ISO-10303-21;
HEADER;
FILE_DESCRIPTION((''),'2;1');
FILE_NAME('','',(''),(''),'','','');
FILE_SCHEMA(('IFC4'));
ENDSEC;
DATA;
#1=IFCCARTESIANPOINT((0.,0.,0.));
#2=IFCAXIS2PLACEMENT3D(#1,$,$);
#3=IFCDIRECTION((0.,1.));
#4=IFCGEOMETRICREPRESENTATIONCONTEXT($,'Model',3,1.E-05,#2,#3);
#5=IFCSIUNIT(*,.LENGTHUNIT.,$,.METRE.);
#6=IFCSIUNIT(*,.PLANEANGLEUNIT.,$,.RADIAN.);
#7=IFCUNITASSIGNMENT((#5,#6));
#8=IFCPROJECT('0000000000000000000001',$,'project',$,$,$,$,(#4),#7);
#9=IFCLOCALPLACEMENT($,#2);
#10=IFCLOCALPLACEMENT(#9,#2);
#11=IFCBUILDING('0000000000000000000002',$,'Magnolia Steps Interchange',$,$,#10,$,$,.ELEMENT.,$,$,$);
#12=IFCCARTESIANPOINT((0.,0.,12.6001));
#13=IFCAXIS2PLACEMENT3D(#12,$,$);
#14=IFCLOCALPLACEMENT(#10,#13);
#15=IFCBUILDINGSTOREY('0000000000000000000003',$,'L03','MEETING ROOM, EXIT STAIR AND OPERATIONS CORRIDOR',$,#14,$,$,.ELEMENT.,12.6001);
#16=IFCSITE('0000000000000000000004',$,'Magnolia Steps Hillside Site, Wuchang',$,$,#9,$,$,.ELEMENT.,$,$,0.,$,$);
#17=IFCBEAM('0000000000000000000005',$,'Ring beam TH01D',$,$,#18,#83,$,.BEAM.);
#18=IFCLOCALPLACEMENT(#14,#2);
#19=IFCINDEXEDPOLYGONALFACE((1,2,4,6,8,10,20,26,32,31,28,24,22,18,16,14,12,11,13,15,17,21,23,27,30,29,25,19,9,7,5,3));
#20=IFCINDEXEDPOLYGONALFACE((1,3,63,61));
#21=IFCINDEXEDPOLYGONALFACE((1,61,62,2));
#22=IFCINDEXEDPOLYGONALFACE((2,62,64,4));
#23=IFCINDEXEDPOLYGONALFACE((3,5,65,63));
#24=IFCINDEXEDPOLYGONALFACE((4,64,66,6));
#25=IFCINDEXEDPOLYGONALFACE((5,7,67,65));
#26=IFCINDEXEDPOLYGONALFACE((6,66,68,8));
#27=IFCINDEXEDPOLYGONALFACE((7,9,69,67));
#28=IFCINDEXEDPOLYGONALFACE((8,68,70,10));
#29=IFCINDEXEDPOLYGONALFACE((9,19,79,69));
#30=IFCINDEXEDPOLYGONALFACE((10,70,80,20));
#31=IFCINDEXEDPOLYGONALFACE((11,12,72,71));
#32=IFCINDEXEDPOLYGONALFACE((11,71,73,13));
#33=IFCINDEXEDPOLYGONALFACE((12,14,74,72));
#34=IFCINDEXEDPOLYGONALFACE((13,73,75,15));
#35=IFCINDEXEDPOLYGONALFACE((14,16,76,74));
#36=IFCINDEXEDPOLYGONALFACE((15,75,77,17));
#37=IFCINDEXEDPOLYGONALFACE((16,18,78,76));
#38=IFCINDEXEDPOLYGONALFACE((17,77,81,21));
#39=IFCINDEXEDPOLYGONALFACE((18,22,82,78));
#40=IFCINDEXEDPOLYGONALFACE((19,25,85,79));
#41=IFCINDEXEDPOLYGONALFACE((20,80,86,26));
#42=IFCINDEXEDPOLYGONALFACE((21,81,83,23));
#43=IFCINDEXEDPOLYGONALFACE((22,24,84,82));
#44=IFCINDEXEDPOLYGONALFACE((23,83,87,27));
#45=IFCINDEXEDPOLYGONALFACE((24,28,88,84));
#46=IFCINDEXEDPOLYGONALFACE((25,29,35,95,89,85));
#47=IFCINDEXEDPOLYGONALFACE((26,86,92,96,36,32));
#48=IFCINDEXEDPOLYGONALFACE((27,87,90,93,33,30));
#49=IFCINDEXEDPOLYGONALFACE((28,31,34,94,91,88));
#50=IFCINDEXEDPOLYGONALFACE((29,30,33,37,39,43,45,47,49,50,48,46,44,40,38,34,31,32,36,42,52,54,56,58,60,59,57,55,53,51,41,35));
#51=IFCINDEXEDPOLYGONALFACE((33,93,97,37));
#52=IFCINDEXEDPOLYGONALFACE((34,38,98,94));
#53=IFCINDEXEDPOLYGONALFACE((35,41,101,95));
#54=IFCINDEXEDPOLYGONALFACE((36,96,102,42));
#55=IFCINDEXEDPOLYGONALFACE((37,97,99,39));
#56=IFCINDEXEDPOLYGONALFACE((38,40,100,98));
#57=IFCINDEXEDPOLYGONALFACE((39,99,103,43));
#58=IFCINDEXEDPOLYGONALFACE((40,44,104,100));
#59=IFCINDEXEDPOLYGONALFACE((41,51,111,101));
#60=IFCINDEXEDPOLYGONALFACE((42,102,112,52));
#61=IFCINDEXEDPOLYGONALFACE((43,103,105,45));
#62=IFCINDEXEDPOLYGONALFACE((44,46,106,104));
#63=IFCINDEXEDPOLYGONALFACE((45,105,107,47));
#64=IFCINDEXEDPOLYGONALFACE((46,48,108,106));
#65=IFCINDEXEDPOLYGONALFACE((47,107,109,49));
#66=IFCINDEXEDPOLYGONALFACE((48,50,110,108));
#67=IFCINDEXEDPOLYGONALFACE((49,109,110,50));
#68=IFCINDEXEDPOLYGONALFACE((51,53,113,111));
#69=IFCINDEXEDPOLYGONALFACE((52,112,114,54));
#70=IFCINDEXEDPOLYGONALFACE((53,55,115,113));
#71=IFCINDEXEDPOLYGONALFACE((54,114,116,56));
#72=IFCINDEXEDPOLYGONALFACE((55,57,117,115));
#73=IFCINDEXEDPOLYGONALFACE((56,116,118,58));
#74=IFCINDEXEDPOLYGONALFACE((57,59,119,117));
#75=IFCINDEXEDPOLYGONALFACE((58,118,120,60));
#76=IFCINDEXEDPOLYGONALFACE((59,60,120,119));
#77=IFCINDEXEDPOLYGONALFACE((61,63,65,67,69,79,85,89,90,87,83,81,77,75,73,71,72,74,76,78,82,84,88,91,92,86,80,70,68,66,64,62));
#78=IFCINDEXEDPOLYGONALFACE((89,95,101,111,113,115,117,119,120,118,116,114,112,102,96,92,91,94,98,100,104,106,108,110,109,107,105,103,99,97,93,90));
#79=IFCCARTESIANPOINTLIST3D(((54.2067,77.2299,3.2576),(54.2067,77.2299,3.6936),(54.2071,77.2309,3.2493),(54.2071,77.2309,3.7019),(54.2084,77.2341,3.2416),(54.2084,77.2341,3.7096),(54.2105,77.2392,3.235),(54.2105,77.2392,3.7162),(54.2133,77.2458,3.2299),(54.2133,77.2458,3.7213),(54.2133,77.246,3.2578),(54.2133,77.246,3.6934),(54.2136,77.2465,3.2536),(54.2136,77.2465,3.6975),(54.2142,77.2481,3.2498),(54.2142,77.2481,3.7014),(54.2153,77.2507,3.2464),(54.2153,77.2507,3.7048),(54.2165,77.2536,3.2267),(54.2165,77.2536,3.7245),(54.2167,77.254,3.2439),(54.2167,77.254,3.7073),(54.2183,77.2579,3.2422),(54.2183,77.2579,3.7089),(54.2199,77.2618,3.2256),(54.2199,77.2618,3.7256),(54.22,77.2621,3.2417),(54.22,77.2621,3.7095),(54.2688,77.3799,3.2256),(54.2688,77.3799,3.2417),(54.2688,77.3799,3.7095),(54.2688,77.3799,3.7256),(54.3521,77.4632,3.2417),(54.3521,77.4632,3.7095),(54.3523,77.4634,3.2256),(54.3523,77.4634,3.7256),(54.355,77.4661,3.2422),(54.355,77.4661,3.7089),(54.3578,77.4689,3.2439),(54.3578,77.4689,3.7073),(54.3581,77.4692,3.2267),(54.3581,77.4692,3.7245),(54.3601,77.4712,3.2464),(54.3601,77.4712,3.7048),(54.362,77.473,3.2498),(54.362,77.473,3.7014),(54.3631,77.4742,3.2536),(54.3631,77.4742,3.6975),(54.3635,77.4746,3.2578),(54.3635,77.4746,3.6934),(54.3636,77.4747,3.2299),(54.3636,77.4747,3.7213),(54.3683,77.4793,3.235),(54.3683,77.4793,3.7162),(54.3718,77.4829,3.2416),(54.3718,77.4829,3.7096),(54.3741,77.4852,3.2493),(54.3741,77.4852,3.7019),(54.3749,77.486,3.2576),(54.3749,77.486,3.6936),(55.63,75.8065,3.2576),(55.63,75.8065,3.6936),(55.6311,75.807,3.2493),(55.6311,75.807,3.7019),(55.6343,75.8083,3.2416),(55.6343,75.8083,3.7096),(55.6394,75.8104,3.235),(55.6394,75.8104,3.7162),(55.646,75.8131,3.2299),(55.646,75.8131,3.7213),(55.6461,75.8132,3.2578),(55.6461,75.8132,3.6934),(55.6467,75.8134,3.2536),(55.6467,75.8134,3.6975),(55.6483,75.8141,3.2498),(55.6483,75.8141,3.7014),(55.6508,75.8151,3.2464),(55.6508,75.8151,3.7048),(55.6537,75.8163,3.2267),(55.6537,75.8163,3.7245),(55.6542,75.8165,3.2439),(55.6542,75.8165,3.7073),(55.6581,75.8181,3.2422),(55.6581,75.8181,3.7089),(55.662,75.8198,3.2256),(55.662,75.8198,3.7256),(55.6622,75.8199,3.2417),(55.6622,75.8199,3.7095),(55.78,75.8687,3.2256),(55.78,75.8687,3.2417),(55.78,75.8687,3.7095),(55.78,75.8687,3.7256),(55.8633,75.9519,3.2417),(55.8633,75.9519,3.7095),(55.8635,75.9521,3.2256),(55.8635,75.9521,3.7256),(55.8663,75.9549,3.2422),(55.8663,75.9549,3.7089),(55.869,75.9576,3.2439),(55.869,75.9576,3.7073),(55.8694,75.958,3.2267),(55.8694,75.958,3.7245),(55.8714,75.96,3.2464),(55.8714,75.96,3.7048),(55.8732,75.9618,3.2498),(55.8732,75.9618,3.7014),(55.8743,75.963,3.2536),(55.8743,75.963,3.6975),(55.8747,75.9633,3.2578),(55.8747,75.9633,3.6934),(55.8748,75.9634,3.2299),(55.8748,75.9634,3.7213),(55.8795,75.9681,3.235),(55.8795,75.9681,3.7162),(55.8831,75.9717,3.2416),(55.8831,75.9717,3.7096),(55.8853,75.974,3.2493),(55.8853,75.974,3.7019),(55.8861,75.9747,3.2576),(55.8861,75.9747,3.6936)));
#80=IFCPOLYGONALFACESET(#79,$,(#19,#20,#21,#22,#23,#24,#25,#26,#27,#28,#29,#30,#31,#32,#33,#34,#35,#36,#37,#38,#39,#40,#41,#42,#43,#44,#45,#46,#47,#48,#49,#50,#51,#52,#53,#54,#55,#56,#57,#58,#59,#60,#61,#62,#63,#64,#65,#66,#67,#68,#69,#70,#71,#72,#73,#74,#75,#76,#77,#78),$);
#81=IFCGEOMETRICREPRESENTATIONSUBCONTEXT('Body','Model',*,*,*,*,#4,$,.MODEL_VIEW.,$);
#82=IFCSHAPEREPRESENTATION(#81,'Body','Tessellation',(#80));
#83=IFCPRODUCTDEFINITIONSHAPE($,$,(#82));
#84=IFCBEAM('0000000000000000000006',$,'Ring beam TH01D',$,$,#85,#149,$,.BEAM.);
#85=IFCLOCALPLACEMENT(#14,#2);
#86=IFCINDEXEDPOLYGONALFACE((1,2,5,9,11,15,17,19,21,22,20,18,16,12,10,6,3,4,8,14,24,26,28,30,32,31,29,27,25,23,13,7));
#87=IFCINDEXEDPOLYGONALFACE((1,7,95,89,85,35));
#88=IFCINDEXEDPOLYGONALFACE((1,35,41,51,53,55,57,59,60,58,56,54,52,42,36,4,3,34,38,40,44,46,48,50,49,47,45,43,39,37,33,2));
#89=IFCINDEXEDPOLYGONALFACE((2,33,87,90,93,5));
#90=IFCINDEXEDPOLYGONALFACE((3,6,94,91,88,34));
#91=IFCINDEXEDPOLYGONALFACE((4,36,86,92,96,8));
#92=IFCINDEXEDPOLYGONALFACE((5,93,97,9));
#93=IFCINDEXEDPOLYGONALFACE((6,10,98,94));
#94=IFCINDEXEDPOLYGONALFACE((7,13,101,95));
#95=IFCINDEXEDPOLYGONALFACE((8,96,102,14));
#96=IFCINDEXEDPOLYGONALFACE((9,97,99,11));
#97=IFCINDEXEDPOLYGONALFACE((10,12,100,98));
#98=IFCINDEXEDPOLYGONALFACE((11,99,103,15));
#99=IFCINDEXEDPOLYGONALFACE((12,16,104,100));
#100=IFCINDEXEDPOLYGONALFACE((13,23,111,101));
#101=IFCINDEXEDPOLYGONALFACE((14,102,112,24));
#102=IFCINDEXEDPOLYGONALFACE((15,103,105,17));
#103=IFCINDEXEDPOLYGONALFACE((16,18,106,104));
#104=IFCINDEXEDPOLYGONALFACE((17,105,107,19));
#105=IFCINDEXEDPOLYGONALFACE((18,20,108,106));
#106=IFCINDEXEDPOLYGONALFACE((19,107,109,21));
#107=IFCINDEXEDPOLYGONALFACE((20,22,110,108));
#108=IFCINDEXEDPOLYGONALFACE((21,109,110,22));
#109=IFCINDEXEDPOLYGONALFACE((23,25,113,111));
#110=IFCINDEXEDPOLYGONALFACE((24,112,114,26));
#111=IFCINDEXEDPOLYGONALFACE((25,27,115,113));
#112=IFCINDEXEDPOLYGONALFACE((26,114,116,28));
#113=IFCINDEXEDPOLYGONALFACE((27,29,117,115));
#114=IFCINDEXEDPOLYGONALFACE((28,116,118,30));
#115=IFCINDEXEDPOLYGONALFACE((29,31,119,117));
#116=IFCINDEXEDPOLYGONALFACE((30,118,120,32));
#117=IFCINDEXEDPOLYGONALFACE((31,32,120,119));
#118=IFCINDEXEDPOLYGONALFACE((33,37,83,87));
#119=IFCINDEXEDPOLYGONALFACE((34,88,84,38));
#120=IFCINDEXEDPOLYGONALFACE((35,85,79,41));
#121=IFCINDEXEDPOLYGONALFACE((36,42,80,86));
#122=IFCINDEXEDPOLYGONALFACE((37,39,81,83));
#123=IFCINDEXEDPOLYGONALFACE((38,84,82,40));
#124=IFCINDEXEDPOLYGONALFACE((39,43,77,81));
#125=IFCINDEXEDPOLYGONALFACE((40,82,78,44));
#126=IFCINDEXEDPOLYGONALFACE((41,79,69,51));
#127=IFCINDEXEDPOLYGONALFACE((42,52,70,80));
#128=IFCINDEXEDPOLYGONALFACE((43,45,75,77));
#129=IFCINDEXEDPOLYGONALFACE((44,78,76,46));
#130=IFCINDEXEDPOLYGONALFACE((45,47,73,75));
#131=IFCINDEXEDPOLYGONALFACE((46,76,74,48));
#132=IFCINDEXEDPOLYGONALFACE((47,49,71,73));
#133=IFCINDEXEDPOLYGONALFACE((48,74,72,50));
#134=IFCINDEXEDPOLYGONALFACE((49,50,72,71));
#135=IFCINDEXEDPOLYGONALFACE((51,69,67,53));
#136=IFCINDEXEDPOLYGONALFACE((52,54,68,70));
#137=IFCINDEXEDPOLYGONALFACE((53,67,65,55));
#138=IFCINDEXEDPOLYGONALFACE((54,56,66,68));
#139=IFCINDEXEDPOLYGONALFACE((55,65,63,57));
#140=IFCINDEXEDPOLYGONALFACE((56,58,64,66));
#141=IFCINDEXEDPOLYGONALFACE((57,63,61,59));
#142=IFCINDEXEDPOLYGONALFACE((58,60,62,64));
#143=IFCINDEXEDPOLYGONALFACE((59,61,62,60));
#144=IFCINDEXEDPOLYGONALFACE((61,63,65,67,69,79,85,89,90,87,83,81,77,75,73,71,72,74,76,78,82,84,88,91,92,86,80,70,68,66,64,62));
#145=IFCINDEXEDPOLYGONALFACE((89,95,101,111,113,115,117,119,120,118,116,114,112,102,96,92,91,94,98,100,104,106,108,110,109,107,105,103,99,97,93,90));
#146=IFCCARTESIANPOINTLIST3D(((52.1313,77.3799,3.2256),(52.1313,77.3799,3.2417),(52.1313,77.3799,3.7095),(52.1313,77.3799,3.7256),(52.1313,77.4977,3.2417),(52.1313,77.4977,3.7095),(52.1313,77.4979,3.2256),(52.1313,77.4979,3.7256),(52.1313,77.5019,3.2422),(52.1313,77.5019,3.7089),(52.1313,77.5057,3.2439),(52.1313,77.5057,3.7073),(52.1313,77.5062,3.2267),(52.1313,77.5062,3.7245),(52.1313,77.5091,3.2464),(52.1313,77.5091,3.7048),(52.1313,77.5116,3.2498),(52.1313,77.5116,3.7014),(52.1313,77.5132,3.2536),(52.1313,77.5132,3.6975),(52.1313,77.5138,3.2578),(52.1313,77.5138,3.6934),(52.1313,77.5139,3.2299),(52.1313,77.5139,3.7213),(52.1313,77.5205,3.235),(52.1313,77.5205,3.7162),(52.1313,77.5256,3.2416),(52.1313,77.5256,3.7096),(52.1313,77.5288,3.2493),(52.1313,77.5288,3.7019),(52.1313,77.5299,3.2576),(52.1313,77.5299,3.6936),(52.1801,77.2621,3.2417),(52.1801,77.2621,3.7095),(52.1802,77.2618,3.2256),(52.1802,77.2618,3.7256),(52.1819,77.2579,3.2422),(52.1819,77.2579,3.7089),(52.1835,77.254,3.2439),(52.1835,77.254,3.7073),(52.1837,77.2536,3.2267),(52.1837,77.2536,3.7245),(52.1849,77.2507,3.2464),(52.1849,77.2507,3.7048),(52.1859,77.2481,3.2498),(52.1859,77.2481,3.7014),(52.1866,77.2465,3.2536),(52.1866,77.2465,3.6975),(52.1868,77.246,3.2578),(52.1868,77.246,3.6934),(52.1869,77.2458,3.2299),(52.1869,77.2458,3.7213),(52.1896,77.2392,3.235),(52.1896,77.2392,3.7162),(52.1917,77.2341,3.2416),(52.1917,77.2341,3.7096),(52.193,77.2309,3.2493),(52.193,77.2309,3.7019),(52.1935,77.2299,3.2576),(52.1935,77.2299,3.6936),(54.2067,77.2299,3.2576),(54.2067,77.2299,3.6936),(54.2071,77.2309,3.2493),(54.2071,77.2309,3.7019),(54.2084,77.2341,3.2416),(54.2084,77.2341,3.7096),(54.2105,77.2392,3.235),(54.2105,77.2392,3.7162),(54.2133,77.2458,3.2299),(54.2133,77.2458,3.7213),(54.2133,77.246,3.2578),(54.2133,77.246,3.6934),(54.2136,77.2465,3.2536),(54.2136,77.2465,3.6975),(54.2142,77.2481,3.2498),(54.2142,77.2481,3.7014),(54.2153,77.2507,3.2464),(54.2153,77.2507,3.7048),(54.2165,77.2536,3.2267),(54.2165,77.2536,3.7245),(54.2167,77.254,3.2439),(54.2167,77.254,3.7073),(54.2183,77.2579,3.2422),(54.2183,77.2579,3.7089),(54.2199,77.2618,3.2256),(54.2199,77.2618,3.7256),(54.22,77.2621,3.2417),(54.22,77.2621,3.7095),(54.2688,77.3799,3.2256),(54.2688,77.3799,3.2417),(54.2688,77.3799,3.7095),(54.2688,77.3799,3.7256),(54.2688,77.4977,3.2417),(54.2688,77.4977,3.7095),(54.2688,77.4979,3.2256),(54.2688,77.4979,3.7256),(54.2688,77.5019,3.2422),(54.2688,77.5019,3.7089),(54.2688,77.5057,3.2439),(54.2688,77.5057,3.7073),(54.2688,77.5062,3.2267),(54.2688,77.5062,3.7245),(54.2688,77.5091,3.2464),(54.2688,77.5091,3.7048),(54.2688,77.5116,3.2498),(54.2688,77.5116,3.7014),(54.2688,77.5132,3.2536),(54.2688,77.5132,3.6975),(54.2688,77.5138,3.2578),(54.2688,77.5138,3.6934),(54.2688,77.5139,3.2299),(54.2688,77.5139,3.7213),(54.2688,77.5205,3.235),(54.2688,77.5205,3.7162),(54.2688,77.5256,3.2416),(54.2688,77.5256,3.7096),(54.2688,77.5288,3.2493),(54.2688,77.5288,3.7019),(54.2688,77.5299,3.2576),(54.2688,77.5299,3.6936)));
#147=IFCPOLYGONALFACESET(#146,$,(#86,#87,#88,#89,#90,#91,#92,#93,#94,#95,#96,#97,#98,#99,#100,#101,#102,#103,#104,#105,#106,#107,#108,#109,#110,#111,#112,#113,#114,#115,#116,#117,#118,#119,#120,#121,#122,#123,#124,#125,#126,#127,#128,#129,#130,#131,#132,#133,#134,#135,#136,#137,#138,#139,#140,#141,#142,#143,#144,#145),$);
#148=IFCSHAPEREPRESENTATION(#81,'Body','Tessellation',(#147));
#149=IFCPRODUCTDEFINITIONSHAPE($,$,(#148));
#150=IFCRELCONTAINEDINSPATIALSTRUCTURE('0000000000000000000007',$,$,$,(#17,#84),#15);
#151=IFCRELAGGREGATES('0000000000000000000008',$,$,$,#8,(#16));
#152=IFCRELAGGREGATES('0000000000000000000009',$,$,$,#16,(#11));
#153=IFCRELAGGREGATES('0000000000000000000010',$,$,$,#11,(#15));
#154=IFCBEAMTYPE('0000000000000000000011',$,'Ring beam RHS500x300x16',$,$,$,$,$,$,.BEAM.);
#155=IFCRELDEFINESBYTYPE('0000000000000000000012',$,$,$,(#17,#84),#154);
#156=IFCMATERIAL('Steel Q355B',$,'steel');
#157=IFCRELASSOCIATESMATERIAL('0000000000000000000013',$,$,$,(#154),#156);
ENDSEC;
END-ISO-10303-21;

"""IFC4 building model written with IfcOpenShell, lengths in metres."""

from ifc_helpers import new_model, si_unit, direction, frame, origin, origin_2d, place, context, subcontext, project, spatial, hollow_rectangle, extrude, clip, halfspace, material, material_profile, profile_set, type_object, element, save


model = new_model("IFC4")

# Units and contexts
model_context = context("Model", 3, precision=1e-05, world=origin(), true_north=direction((0.0, 1.0)))
body_context = subcontext(model_context, "Body", "Model", "MODEL_VIEW")
ifc_project = project(units=[si_unit("LENGTHUNIT", "METRE"), si_unit("PLANEANGLEUNIT", "RADIAN")], contexts=[model_context])

# Site, building, storey
site_placement = place(None, origin())
site = spatial("IfcSite", under=ifc_project, at=site_placement, Name="Magnolia Steps Hillside Site, Wuchang", CompositionType="ELEMENT", RefElevation=0.0)
building_placement = place(site_placement, origin())
building = spatial("IfcBuilding", under=site, at=building_placement, Name="Magnolia Steps Interchange", CompositionType="ELEMENT")
storey_placement = place(building_placement, frame((0.0, 0.0, 12.6001)))
storey = spatial("IfcBuildingStorey", under=building, at=storey_placement, Name="L03", Description="MEETING ROOM, EXIT STAIR AND OPERATIONS CORRIDOR", CompositionType="ELEMENT", Elevation=12.6001)

# Beams
ifc_material_1 = material(Name="Steel Q355B", Category="steel")
ifc_material_profile_1 = material_profile(ifc_material_1, hollow_rectangle(XDim=0.3, YDim=0.5, WallThickness=0.0161, InnerFilletRadius=0.0161, OuterFilletRadius=0.032, at=origin_2d()), Name="RHS500x300x16")
ifc_profile_set_1 = profile_set([ifc_material_profile_1], Name="Steel Q355B")
beam_type_1 = type_object("IfcBeamType", Name="Ring beam RHS500x300x16", PredefinedType="BEAM", material=ifc_profile_set_1)
beam_1_placement = place(storey_placement, frame((55.78, 75.8687, 3.4756), z_axis=(-0.707107, 0.707107, 0.0), x_axis=(-0.707107, -0.707107, 0.0)))
element("IfcBeam", 1, at=beam_1_placement, inside=storey, type_object=beam_type_1, Name="Ring beam TH01D", PredefinedType="BEAM", context=body_context, shape_type="Clipping", body=[
    clip(clip(extrude(hollow_rectangle(XDim=0.3, YDim=0.5, WallThickness=0.0161, InnerFilletRadius=0.0161, OuterFilletRadius=0.032, at=origin_2d()), origin(), (0.0, 0.0, 1.0), 2.1372), halfspace(frame((0.0, 0.0, 0.0), z_axis=(0.382683, 0.0, -0.92388), x_axis=(0.92388, 0.0, 0.382683)), False)), halfspace(frame((0.0, 0.0, 2.1372), z_axis=(0.382683, 0.0, 0.92388), x_axis=(0.92388, 0.0, -0.382683)), False)),
])
for number, where, z_axis, x_axis, name in (
    (2, (54.2688, 77.3799, 3.4756), (-1.0, 0.0, 0.0), (0.0, -1.0, 0.0), "Ring beam TH01D"),
):
    element("IfcBeam", number, at=place(storey_placement, frame(where, z_axis=z_axis, x_axis=x_axis)), inside=storey, type_object=beam_type_1, Name=name, PredefinedType="BEAM", context=body_context, shape_type="Clipping", body=[
        clip(clip(extrude(hollow_rectangle(XDim=0.3, YDim=0.5, WallThickness=0.0161, InnerFilletRadius=0.0161, OuterFilletRadius=0.032, at=origin_2d()), origin(), (0.0, 0.0, 1.0), 2.1375), halfspace(frame((0.0, 0.0, 0.0), z_axis=(0.382683, 0.0, -0.92388), x_axis=(0.92388, 0.0, 0.382683)), False)), halfspace(frame((0.0, 0.0, 2.1375), z_axis=(0.382683, 0.0, 0.92388), x_axis=(0.92388, 0.0, -0.382683)), False)),
    ])

save(model, "model.ifc")
